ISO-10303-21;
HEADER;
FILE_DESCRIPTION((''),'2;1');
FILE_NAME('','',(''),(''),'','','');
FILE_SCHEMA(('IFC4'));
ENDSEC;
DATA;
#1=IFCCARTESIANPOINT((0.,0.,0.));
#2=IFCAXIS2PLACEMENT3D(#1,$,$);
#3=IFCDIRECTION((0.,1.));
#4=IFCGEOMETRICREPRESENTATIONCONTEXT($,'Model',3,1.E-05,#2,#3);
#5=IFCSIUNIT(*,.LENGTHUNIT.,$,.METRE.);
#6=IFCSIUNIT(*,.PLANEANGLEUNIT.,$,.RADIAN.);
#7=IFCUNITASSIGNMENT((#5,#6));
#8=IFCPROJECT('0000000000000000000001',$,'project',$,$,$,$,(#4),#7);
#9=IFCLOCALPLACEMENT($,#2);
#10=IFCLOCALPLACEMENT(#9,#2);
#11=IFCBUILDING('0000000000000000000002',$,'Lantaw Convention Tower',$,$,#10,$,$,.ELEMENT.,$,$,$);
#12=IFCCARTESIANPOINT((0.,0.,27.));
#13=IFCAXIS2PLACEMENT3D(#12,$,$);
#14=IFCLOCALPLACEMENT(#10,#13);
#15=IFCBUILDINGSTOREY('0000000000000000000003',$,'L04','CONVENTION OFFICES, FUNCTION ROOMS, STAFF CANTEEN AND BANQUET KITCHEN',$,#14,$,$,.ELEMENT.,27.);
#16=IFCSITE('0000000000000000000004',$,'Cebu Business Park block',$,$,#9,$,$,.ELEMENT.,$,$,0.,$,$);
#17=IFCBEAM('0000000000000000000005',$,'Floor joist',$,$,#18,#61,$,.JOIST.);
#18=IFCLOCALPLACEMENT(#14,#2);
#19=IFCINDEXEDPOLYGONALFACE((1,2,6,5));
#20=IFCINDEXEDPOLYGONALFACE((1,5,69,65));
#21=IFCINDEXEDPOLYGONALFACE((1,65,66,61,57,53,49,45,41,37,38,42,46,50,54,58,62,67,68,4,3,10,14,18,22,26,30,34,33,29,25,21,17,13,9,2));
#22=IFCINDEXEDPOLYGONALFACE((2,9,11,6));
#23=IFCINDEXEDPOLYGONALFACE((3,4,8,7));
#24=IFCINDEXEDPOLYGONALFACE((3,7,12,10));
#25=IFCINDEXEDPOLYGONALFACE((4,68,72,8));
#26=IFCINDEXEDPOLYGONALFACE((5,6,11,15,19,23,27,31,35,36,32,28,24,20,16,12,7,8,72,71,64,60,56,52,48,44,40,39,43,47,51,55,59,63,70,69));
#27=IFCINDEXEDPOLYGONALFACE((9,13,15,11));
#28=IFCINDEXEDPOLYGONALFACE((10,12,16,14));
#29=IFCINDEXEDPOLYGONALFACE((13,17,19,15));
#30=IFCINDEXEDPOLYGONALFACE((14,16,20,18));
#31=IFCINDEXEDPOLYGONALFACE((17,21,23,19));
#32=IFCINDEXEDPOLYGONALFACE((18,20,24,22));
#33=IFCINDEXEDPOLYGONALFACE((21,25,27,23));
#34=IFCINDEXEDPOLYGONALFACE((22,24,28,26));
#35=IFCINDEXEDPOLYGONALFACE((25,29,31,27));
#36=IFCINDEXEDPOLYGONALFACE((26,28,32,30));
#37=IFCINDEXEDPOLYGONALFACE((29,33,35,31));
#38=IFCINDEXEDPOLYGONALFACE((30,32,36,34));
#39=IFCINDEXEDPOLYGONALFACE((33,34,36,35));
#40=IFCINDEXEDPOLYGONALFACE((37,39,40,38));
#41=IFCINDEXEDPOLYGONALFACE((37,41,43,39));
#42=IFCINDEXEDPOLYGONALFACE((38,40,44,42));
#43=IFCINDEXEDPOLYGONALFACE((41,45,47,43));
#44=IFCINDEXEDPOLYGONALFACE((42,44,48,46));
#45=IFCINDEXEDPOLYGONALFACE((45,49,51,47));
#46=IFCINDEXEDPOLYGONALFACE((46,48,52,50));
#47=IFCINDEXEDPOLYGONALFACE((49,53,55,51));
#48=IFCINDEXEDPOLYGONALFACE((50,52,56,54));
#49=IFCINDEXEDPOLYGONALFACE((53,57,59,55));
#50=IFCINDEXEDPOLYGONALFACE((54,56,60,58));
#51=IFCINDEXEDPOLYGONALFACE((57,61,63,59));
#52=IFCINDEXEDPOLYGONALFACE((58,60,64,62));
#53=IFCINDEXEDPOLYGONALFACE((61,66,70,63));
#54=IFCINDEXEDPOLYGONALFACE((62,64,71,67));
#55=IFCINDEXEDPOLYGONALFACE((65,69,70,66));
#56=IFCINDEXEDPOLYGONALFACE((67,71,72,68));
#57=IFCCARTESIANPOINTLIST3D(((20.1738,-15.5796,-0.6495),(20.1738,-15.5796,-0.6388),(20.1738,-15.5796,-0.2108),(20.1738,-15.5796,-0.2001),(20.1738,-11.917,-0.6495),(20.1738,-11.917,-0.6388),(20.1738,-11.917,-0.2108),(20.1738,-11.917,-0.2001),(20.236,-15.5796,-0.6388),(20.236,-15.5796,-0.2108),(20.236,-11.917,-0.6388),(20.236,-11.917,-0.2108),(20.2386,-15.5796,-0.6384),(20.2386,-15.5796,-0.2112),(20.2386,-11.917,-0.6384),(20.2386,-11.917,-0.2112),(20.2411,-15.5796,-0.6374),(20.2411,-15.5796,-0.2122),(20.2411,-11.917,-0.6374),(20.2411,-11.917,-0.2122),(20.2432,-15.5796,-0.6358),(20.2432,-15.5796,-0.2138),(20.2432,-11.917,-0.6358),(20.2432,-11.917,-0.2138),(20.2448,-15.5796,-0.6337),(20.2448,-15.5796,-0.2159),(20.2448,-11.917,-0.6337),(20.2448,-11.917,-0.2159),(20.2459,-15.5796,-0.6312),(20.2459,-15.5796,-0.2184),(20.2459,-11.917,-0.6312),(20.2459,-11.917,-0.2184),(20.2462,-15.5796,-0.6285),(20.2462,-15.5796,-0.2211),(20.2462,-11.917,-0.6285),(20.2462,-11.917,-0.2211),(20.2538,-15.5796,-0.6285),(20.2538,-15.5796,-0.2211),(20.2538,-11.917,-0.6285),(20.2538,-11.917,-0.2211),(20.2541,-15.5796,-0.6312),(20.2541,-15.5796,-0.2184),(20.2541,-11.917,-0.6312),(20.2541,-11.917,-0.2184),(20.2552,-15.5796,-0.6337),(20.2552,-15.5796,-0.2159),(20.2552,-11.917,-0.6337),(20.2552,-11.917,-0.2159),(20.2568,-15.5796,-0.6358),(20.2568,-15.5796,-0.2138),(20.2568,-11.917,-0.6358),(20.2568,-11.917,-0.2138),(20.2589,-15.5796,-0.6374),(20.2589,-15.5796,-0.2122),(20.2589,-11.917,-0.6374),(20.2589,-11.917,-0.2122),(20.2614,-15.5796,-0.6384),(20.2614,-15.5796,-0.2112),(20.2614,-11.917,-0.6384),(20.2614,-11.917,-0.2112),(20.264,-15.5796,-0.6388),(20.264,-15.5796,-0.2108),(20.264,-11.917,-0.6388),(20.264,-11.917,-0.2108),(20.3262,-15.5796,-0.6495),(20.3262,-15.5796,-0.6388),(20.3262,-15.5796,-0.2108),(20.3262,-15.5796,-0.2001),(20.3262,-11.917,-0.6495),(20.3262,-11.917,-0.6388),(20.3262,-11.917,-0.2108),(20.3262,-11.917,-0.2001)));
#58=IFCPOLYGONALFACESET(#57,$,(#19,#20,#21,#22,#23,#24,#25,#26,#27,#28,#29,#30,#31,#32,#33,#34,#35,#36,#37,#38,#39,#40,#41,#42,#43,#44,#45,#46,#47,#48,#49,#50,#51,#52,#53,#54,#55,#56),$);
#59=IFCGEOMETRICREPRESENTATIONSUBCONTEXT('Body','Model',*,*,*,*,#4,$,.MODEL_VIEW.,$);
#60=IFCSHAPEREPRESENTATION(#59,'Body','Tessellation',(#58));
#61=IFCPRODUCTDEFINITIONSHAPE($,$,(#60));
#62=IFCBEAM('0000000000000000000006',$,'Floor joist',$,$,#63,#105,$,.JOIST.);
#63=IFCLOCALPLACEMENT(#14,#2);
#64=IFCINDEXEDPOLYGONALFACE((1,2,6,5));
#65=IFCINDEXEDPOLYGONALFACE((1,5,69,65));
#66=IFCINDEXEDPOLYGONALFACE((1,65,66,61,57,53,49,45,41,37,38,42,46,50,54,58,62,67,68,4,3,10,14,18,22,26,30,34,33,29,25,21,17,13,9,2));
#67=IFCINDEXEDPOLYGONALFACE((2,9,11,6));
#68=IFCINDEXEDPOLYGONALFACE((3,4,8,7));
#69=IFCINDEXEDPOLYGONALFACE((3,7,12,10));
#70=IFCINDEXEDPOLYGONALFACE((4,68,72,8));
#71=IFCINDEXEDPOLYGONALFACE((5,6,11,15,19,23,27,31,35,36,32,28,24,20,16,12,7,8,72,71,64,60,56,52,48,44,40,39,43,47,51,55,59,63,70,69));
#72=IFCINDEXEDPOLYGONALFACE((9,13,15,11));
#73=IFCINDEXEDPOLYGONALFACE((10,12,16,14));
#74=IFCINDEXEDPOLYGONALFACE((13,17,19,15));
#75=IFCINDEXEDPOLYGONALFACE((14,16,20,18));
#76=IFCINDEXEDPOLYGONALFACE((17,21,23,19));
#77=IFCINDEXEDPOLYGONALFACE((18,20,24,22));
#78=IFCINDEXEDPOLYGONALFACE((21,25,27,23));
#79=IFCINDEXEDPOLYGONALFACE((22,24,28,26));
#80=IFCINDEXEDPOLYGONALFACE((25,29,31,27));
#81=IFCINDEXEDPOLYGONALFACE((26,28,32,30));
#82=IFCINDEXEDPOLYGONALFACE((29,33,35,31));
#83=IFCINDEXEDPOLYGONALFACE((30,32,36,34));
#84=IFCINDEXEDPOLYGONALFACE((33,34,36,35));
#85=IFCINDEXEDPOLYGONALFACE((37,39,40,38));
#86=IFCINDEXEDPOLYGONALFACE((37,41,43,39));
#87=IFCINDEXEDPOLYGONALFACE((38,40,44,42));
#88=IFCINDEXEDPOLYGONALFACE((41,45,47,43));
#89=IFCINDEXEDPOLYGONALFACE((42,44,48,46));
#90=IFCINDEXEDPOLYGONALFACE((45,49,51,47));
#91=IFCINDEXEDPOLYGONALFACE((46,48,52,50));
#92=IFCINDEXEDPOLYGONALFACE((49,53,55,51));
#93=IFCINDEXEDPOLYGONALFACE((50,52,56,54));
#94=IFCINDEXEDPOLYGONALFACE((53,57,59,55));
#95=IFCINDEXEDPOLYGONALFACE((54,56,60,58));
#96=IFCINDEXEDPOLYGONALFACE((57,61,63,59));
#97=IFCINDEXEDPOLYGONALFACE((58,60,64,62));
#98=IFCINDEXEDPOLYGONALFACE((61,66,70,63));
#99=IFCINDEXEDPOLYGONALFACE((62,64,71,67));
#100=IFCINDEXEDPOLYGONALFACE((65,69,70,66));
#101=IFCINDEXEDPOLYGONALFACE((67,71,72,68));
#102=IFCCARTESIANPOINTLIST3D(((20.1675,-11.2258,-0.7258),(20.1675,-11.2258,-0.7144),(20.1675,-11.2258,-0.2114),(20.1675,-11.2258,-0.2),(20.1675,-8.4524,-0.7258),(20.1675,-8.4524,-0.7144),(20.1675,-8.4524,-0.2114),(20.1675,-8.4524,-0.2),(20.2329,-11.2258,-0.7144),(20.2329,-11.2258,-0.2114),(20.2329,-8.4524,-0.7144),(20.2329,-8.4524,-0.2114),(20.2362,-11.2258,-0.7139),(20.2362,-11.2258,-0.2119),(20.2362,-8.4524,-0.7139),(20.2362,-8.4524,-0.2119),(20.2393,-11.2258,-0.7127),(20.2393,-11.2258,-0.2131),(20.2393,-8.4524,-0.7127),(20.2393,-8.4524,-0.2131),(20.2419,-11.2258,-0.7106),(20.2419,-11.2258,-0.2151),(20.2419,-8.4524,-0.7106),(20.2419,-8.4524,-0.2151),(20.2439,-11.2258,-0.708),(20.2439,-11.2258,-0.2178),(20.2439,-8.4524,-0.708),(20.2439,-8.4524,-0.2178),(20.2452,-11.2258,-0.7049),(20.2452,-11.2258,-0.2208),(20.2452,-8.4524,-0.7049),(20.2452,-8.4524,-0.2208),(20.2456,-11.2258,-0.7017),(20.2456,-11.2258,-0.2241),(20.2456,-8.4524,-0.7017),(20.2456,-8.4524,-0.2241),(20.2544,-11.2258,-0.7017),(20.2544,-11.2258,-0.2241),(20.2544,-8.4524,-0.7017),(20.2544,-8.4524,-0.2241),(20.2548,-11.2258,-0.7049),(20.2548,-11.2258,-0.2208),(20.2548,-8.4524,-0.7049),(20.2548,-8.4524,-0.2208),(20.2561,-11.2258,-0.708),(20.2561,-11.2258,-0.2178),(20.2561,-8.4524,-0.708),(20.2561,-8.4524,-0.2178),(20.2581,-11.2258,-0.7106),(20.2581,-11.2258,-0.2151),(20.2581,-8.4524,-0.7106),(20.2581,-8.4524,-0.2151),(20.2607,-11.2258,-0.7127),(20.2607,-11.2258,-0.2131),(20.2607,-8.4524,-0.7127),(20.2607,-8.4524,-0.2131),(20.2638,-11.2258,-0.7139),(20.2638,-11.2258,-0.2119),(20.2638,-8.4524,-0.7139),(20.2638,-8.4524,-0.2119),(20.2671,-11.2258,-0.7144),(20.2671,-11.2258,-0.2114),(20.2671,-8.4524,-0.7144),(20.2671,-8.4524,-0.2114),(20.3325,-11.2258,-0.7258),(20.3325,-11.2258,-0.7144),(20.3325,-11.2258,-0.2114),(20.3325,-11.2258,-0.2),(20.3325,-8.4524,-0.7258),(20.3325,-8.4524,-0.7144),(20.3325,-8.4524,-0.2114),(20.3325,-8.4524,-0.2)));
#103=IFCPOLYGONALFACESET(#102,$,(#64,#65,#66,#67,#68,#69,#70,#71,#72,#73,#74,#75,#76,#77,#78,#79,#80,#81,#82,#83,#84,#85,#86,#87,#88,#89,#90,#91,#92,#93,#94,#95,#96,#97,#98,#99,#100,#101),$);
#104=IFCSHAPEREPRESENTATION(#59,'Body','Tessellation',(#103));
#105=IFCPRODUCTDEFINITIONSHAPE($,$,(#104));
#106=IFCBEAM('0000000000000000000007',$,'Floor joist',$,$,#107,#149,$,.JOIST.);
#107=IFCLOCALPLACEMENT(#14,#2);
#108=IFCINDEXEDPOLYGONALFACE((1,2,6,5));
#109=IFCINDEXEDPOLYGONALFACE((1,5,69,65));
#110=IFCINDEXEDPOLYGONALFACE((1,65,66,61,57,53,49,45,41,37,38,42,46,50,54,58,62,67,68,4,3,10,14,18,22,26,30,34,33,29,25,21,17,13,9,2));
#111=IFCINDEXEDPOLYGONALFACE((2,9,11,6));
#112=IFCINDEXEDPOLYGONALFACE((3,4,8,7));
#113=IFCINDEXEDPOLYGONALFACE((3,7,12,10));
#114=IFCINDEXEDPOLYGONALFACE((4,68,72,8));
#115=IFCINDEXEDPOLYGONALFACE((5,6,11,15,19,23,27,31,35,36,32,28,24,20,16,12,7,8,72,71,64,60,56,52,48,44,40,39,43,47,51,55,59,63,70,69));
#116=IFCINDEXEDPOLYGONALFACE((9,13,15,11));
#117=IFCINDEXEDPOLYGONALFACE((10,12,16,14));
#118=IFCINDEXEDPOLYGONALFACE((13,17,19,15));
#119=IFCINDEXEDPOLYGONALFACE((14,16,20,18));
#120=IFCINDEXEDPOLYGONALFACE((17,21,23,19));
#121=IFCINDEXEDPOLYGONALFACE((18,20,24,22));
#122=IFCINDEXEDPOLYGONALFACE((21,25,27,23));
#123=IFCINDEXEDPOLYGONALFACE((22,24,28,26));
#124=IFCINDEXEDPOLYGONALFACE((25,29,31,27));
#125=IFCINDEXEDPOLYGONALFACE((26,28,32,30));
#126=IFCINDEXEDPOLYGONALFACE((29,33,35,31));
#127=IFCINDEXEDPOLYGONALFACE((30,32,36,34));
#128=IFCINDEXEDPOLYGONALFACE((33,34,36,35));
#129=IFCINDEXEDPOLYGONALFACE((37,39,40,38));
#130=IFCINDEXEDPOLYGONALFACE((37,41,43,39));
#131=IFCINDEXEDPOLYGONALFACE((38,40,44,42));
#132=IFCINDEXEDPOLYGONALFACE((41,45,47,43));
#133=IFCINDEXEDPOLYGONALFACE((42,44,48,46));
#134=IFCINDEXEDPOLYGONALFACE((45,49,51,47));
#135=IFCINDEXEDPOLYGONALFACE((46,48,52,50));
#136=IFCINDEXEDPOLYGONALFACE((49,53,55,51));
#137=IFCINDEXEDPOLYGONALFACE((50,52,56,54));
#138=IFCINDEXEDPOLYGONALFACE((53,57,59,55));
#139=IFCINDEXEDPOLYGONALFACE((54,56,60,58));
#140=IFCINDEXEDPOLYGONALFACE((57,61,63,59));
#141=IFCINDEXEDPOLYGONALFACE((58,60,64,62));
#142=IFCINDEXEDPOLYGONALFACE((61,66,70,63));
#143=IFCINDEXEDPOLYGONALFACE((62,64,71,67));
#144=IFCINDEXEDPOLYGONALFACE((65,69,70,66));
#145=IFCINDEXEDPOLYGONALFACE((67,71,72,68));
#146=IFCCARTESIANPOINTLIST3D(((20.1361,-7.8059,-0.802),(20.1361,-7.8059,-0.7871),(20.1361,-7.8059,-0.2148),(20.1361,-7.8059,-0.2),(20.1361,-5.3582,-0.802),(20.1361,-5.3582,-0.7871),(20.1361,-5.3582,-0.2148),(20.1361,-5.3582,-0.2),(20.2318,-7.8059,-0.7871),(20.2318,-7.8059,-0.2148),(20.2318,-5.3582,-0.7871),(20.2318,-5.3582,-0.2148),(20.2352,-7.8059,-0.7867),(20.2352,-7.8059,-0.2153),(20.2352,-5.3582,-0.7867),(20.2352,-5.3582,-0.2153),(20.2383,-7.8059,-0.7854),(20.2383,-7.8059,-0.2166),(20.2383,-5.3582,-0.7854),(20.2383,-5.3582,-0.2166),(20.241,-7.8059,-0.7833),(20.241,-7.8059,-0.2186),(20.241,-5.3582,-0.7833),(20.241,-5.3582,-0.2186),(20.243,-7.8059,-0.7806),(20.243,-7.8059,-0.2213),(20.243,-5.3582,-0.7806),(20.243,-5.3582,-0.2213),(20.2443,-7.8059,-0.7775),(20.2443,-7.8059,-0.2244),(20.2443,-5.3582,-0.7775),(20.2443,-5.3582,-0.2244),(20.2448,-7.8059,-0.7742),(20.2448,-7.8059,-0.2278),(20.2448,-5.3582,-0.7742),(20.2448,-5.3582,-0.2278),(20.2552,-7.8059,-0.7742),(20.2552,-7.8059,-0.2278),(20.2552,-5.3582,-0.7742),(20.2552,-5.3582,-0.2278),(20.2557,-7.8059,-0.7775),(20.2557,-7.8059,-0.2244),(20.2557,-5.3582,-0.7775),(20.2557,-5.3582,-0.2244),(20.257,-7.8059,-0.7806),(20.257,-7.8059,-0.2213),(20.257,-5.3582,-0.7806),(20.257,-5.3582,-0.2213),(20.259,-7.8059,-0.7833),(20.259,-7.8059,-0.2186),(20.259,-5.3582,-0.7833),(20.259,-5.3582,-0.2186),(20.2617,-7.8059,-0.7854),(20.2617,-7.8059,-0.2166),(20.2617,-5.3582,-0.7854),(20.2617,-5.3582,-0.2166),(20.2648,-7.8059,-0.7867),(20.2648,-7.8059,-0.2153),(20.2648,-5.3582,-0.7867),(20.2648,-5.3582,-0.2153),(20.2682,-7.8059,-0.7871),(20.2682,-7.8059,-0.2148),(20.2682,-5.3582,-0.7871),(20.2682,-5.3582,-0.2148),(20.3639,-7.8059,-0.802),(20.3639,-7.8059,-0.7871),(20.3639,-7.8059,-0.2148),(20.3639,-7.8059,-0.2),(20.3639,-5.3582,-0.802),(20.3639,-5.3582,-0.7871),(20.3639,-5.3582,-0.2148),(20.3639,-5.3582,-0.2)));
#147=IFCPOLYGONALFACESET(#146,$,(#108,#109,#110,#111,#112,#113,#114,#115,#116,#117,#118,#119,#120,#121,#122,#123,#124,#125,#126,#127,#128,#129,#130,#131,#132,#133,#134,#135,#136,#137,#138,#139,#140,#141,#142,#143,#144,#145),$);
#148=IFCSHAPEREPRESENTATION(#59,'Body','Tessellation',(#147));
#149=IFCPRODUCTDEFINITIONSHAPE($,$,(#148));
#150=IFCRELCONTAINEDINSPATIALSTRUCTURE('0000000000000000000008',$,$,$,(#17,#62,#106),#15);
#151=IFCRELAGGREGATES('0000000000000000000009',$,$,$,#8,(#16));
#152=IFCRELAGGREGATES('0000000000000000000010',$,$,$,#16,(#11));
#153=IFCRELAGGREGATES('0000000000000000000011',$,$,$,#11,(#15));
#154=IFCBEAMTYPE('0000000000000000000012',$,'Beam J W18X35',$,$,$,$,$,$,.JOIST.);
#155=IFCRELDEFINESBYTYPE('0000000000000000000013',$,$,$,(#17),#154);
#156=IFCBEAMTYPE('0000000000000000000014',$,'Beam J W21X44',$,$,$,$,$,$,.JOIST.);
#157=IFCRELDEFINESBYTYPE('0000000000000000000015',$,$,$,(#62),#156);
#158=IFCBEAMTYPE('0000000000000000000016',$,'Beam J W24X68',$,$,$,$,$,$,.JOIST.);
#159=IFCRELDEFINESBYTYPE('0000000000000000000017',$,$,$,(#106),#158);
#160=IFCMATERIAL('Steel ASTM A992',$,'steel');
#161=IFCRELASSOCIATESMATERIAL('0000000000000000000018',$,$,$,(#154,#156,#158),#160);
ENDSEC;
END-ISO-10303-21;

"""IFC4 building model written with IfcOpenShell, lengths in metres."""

from ifc_helpers import new_model, si_unit, direction, frame, origin, origin_2d, place, context, subcontext, project, spatial, i_section, extrude, material, material_profile, profile_set, type_object, element, save


model = new_model("IFC4")

# Units and contexts
model_context = context("Model", 3, precision=1e-05, world=origin(), true_north=direction((0.0, 1.0)))
body_context = subcontext(model_context, "Body", "Model", "MODEL_VIEW")
ifc_project = project(units=[si_unit("LENGTHUNIT", "METRE"), si_unit("PLANEANGLEUNIT", "RADIAN")], contexts=[model_context])

# Site, building, storey
site_placement = place(None, origin())
site = spatial("IfcSite", under=ifc_project, at=site_placement, Name="Cebu Business Park block", CompositionType="ELEMENT", RefElevation=0.0)
building_placement = place(site_placement, origin())
building = spatial("IfcBuilding", under=site, at=building_placement, Name="Lantaw Convention Tower", CompositionType="ELEMENT")
storey_placement = place(building_placement, frame((0.0, 0.0, 27.0)))
storey = spatial("IfcBuildingStorey", under=building, at=storey_placement, Name="L04", Description="CONVENTION OFFICES, FUNCTION ROOMS, STAFF CANTEEN AND BANQUET KITCHEN", CompositionType="ELEMENT", Elevation=27.0)

# Beams
ifc_material_1 = material(Name="Steel ASTM A992", Category="steel")
ifc_material_profile_1 = material_profile(ifc_material_1, i_section(OverallWidth=0.1523, OverallDepth=0.4495, WebThickness=0.0076, FlangeThickness=0.0107, FilletRadius=0.0103, at=origin_2d()), Name="W18X35")
ifc_profile_set_1 = profile_set([ifc_material_profile_1], Name="Steel ASTM A992")
beam_type_1 = type_object("IfcBeamType", Name="Beam J W18X35", PredefinedType="JOIST", material=ifc_profile_set_1)
beam_1_placement = place(storey_placement, frame((20.25, -15.5796, -0.4248), z_axis=(0.0, 1.0, 0.0), x_axis=(-1.0, 0.0, 0.0)))
element("IfcBeam", 1, at=beam_1_placement, inside=storey, type_object=beam_type_1, Name="Floor joist", PredefinedType="JOIST", context=body_context, shape_type="SweptSolid", body=[
    extrude(i_section(OverallWidth=0.1523, OverallDepth=0.4495, WebThickness=0.0076, FlangeThickness=0.0107, FilletRadius=0.0103, at=origin_2d()), origin(), (0.0, 0.0, 1.0), 3.6626),
])
ifc_material_profile_2 = material_profile(ifc_material_1, i_section(OverallWidth=0.165, OverallDepth=0.5259, WebThickness=0.0088, FlangeThickness=0.0115, FilletRadius=0.0127, at=origin_2d()), Name="W21X44")
ifc_profile_set_2 = profile_set([ifc_material_profile_2], Name="Steel ASTM A992")
beam_type_2 = type_object("IfcBeamType", Name="Beam J W21X44", PredefinedType="JOIST", material=ifc_profile_set_2)
beam_2_placement = place(storey_placement, frame((20.25, -11.2258, -0.4629), z_axis=(0.0, 1.0, 0.0), x_axis=(-1.0, 0.0, 0.0)))
element("IfcBeam", 2, at=beam_2_placement, inside=storey, type_object=beam_type_2, Name="Floor joist", PredefinedType="JOIST", context=body_context, shape_type="SweptSolid", body=[
    extrude(i_section(OverallWidth=0.165, OverallDepth=0.5259, WebThickness=0.0088, FlangeThickness=0.0115, FilletRadius=0.0127, at=origin_2d()), origin(), (0.0, 0.0, 1.0), 2.7734),
])
ifc_material_profile_3 = material_profile(ifc_material_1, i_section(OverallWidth=0.2278, OverallDepth=0.6021, WebThickness=0.0105, FlangeThickness=0.0149, FilletRadius=0.0129, at=origin_2d()), Name="W24X68")
ifc_profile_set_3 = profile_set([ifc_material_profile_3], Name="Steel ASTM A992")
beam_type_3 = type_object("IfcBeamType", Name="Beam J W24X68", PredefinedType="JOIST", material=ifc_profile_set_3)
beam_3_placement = place(storey_placement, frame((20.25, -7.8059, -0.501), z_axis=(0.0, 1.0, 0.0), x_axis=(-1.0, 0.0, 0.0)))
element("IfcBeam", 3, at=beam_3_placement, inside=storey, type_object=beam_type_3, Name="Floor joist", PredefinedType="JOIST", context=body_context, shape_type="SweptSolid", body=[
    extrude(i_section(OverallWidth=0.2278, OverallDepth=0.6021, WebThickness=0.0105, FlangeThickness=0.0149, FilletRadius=0.0129, at=origin_2d()), origin(), (0.0, 0.0, 1.0), 2.4478),
])

save(model, "model.ifc")
